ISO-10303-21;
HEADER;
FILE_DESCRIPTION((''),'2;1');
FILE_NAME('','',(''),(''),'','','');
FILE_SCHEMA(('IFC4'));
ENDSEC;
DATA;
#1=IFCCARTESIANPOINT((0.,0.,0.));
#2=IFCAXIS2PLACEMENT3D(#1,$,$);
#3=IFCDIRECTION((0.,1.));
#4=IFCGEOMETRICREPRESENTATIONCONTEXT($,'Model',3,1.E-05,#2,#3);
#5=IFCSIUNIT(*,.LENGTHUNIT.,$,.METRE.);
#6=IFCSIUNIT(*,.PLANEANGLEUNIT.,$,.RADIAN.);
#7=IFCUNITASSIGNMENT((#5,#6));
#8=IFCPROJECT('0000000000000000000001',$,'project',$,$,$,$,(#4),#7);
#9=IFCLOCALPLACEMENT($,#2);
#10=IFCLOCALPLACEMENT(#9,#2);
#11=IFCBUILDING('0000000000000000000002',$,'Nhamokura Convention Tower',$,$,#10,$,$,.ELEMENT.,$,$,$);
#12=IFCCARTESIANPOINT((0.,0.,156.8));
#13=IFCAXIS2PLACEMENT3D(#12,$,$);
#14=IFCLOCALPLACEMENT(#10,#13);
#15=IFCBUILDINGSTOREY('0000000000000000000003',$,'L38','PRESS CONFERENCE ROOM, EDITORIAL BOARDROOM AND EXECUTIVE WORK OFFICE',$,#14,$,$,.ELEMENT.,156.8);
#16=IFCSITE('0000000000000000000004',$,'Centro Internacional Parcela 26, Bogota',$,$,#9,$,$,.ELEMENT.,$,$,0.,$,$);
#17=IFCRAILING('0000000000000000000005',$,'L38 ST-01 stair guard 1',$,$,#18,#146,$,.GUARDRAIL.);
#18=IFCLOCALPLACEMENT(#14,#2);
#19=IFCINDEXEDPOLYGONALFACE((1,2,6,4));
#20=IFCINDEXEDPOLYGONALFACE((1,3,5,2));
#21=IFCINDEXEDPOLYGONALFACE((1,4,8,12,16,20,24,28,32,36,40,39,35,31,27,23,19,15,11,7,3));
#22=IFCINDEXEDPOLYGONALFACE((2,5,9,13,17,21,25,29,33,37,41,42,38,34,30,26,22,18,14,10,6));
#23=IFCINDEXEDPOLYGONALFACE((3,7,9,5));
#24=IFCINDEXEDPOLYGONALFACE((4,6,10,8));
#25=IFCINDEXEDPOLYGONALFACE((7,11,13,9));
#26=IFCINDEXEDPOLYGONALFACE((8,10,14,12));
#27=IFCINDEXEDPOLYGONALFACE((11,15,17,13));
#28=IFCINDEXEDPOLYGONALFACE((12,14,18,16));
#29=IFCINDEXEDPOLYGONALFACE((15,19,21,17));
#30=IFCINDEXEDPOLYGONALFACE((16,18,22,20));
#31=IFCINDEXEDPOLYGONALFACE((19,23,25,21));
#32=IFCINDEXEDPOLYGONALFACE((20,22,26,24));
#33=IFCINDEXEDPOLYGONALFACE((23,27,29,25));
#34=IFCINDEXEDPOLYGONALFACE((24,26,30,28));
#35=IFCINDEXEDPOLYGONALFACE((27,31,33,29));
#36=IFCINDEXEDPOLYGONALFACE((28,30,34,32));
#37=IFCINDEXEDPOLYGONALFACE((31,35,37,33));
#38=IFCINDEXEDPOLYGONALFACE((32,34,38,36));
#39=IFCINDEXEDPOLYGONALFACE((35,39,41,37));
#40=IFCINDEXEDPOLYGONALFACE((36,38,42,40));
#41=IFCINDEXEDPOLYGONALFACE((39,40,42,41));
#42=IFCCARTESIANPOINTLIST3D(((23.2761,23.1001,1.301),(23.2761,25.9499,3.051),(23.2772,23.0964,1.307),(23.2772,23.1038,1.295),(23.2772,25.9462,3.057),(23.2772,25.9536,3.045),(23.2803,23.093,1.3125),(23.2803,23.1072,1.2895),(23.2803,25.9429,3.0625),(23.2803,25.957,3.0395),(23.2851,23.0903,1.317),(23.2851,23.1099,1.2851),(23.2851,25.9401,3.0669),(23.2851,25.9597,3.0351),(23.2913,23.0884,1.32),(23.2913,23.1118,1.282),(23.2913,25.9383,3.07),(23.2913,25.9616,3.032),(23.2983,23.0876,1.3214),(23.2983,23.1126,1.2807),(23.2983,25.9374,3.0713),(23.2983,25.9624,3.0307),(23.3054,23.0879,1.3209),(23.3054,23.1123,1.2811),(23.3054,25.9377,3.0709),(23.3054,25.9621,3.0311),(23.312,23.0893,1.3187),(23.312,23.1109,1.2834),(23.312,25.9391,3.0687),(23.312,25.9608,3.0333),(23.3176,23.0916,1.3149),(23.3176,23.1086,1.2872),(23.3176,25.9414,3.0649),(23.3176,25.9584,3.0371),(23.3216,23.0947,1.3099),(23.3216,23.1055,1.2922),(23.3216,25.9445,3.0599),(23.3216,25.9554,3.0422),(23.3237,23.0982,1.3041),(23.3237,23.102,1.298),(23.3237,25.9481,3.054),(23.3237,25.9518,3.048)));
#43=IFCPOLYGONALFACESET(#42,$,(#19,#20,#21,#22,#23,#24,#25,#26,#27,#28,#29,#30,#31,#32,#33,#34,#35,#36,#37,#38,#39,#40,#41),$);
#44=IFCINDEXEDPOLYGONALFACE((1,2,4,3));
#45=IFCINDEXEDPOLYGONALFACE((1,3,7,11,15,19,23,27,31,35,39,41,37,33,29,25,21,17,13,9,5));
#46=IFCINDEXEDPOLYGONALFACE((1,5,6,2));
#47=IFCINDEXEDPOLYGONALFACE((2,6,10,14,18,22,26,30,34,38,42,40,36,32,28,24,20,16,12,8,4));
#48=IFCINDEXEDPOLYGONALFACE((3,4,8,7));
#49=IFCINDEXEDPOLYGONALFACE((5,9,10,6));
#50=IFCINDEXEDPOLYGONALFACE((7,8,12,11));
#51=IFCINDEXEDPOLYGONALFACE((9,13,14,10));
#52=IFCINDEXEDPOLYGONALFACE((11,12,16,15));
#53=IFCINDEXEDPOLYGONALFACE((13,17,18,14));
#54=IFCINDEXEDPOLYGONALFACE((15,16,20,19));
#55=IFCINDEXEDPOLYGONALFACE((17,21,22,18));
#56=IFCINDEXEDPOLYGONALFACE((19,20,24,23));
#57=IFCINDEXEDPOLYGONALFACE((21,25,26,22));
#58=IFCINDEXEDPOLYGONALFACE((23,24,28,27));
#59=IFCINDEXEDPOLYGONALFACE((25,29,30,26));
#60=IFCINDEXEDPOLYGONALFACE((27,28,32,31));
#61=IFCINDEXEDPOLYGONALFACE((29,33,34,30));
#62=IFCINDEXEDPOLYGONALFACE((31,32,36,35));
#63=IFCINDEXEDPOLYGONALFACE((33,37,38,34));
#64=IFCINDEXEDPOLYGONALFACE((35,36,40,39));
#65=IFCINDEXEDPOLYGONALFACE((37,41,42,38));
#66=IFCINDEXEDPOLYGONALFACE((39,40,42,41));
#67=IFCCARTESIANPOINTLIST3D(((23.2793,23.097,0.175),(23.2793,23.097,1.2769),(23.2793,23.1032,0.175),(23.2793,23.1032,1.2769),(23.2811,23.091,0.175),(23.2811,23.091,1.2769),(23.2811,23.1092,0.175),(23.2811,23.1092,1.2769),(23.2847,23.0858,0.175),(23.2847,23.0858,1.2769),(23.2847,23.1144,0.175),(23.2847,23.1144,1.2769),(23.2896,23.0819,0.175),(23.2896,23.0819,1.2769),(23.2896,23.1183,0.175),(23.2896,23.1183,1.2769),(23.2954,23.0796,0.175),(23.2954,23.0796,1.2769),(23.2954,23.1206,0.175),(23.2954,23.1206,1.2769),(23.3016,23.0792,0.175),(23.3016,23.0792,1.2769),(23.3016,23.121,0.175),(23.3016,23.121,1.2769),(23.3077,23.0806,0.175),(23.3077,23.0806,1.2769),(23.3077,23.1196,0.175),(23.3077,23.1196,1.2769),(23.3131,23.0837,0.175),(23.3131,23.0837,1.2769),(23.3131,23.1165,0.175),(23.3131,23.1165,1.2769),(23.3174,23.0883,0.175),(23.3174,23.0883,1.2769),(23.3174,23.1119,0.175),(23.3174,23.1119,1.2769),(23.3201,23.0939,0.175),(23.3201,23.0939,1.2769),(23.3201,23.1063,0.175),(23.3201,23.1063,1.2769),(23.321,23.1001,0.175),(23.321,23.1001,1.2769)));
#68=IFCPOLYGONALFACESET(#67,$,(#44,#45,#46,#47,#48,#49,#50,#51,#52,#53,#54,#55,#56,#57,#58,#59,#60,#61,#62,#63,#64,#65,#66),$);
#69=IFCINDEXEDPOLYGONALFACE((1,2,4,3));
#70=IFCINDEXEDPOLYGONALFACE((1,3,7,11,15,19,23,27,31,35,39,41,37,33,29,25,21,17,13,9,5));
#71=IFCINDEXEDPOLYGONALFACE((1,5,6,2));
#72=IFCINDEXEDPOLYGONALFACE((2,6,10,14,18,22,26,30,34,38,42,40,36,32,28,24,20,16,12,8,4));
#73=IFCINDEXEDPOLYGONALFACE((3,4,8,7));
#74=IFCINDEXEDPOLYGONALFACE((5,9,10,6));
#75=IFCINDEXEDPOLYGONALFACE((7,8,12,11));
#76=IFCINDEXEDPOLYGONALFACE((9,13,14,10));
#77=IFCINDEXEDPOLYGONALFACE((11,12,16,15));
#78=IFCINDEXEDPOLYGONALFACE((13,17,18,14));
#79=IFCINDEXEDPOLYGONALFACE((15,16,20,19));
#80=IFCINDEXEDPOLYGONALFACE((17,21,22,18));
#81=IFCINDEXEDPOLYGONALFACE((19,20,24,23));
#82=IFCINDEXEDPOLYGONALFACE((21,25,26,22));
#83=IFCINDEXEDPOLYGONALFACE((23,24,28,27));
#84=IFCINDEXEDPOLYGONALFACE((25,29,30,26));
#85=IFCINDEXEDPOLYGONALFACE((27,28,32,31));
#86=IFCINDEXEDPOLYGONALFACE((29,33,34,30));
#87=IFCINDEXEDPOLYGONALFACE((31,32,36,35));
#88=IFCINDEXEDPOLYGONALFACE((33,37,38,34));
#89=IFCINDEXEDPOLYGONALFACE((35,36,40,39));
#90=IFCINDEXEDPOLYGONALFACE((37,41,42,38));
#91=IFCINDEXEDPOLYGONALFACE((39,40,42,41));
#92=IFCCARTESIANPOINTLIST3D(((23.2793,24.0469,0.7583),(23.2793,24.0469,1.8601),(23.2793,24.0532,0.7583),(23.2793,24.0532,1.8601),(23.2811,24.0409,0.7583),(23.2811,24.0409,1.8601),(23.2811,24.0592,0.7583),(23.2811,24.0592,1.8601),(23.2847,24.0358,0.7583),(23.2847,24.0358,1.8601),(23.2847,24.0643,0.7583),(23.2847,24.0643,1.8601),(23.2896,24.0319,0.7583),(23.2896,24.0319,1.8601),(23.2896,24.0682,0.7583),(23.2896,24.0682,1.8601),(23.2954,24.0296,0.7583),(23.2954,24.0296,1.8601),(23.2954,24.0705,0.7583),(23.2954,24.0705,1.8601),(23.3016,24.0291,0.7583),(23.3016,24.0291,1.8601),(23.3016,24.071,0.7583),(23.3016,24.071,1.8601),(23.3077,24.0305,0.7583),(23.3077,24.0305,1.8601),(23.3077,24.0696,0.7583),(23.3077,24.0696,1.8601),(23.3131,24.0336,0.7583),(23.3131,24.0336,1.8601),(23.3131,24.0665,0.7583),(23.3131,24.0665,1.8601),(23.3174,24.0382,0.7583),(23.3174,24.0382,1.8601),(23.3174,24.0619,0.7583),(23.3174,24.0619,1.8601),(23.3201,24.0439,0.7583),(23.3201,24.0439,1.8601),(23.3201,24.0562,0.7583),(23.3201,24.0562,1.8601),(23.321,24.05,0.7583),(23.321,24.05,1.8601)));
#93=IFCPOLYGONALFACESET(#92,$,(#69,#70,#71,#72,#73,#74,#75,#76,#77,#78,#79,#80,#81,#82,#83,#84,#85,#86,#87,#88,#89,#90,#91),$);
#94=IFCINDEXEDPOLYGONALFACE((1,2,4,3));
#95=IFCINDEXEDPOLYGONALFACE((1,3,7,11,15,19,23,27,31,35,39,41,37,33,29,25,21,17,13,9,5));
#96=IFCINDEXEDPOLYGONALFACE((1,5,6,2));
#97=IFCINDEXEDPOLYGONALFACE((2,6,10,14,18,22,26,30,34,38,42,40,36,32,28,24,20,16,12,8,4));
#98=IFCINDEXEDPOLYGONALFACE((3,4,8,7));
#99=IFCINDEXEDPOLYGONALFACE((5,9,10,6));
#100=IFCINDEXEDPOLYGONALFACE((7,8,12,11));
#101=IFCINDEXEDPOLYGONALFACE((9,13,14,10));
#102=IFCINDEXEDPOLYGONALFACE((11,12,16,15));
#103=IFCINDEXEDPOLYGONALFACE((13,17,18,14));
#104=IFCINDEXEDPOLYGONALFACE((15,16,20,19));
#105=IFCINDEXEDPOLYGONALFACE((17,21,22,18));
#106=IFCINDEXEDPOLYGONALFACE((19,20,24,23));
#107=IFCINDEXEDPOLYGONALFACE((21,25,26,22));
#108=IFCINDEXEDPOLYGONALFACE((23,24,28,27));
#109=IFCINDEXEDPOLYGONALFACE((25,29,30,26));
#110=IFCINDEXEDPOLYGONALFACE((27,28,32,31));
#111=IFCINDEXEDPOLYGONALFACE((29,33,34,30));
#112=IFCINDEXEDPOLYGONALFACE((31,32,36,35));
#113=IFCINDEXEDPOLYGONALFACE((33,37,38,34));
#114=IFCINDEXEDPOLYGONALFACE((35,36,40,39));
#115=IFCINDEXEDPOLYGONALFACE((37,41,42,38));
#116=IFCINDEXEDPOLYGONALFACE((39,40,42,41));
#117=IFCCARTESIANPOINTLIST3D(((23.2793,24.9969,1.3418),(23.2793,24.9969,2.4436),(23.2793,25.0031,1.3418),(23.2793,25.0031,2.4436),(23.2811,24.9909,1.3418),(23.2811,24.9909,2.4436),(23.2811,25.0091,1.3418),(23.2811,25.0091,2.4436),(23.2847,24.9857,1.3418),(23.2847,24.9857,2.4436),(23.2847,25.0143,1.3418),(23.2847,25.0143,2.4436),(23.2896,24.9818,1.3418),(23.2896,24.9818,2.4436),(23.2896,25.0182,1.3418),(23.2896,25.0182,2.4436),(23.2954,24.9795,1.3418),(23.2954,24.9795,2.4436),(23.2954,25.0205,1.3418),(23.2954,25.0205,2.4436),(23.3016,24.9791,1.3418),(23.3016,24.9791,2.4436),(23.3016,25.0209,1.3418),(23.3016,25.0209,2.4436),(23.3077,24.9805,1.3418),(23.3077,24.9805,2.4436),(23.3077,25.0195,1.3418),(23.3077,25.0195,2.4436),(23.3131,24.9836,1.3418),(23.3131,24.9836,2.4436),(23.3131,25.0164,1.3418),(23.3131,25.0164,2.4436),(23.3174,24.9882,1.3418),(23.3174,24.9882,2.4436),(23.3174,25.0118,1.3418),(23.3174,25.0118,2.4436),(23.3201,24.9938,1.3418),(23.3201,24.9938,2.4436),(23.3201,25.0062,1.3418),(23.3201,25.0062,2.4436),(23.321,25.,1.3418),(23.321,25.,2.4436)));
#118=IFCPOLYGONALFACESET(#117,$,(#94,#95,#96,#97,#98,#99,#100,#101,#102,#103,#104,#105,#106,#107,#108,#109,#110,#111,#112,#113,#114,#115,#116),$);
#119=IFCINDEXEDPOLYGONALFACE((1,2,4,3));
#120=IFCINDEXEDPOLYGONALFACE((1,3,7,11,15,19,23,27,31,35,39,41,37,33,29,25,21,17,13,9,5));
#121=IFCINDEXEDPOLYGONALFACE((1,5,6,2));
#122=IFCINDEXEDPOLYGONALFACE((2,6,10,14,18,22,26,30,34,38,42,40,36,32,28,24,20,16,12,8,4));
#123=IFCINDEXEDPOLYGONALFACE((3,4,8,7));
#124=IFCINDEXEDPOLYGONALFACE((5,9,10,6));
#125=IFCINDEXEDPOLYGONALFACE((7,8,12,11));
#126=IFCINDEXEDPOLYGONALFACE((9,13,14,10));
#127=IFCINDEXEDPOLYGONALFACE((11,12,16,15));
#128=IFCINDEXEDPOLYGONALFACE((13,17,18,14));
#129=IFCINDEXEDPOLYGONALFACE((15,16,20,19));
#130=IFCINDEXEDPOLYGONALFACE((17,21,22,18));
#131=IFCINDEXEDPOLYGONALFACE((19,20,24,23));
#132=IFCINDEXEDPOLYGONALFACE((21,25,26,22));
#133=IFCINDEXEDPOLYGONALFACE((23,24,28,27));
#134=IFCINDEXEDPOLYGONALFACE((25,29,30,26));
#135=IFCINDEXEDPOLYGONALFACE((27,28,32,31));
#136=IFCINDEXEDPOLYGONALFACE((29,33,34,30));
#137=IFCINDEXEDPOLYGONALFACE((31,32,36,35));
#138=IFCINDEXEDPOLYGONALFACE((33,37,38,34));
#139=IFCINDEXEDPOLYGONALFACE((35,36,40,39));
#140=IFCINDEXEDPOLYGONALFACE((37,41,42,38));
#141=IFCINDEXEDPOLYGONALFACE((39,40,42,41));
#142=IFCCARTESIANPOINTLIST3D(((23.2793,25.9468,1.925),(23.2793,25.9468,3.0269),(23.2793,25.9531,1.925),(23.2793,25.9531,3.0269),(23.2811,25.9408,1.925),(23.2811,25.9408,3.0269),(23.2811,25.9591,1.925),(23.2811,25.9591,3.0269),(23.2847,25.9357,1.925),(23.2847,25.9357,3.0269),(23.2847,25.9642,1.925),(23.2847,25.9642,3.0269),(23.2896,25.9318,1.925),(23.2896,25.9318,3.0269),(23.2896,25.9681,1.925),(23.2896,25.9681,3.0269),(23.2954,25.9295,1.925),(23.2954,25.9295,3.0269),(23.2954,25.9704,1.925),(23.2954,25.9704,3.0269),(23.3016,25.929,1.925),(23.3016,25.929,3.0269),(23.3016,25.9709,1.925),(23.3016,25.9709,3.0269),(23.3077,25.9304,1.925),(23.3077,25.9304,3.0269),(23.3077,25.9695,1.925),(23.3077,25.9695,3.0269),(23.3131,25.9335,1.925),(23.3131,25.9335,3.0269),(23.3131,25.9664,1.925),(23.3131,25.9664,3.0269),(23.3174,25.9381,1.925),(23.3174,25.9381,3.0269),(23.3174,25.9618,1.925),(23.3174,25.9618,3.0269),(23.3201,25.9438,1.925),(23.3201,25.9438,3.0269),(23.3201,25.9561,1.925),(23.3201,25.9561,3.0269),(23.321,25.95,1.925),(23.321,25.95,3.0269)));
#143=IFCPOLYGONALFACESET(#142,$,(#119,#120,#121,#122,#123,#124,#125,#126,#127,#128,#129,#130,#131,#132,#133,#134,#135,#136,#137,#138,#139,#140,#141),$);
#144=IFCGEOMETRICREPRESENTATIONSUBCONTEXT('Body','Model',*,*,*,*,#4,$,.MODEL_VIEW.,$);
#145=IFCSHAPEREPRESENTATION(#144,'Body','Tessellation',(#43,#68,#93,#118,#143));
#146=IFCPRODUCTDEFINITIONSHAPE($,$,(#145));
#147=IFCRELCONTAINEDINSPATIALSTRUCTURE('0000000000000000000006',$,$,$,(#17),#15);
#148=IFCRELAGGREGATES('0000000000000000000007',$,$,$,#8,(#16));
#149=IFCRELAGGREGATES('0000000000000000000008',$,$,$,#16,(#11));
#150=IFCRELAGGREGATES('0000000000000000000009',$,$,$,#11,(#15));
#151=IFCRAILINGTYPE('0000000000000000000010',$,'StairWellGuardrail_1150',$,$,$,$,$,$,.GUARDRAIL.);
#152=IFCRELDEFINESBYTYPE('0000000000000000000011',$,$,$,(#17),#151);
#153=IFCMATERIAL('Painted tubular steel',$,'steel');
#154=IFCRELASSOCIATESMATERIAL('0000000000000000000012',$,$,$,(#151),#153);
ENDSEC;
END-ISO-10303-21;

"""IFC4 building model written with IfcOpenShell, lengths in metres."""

from ifc_helpers import new_model, si_unit, direction, frame, origin, origin_2d, place, context, subcontext, project, spatial, circle, extrude, material, type_object, element, save


model = new_model("IFC4")

# Units and contexts
model_context = context("Model", 3, precision=1e-05, world=origin(), true_north=direction((0.0, 1.0)))
body_context = subcontext(model_context, "Body", "Model", "MODEL_VIEW")
ifc_project = project(units=[si_unit("LENGTHUNIT", "METRE"), si_unit("PLANEANGLEUNIT", "RADIAN")], contexts=[model_context])

# Site, building, storey
site_placement = place(None, origin())
site = spatial("IfcSite", under=ifc_project, at=site_placement, Name="Centro Internacional Parcela 26, Bogota", CompositionType="ELEMENT", RefElevation=0.0)
building_placement = place(site_placement, origin())
building = spatial("IfcBuilding", under=site, at=building_placement, Name="Nhamokura Convention Tower", CompositionType="ELEMENT")
storey_placement = place(building_placement, frame((0.0, 0.0, 156.8)))
storey = spatial("IfcBuildingStorey", under=building, at=storey_placement, Name="L38", Description="PRESS CONFERENCE ROOM, EDITORIAL BOARDROOM AND EXECUTIVE WORK OFFICE", CompositionType="ELEMENT", Elevation=156.8)

# Railing
ifc_material_1 = material(Name="Painted tubular steel", Category="steel")
railing_type_1 = type_object("IfcRailingType", Name="StairWellGuardrail_1150", PredefinedType="GUARDRAIL", material=ifc_material_1)
railing_1_placement = place(storey_placement, frame((23.3, 23.1001, 0.175)))
element("IfcRailing", 1, at=railing_1_placement, inside=storey, type_object=railing_type_1, Name="L38 ST-01 stair guard 1", PredefinedType="GUARDRAIL", context=body_context, shape_type="SweptSolid", body=[
    extrude(circle(Radius=0.0239, at=origin_2d()), frame((0.0, 0.0, 1.126), z_axis=(0.0, 0.852159, 0.523283), x_axis=(-1.0, 0.0, 0.0)), (0.0, 0.0, 1.0), 3.3442),
    extrude(circle(Radius=0.021, at=origin_2d()), origin(), (0.0, 0.0, 1.0), 1.1018),
    extrude(circle(Radius=0.021, at=origin_2d()), frame((0.0, 0.95, 0.5833)), (0.0, 0.0, 1.0), 1.1018),
    extrude(circle(Radius=0.021, at=origin_2d()), frame((0.0, 1.8999, 1.1667)), (0.0, 0.0, 1.0), 1.1018),
    extrude(circle(Radius=0.021, at=origin_2d()), frame((0.0, 2.8499, 1.75)), (0.0, 0.0, 1.0), 1.1018),
])

save(model, "model.ifc")
